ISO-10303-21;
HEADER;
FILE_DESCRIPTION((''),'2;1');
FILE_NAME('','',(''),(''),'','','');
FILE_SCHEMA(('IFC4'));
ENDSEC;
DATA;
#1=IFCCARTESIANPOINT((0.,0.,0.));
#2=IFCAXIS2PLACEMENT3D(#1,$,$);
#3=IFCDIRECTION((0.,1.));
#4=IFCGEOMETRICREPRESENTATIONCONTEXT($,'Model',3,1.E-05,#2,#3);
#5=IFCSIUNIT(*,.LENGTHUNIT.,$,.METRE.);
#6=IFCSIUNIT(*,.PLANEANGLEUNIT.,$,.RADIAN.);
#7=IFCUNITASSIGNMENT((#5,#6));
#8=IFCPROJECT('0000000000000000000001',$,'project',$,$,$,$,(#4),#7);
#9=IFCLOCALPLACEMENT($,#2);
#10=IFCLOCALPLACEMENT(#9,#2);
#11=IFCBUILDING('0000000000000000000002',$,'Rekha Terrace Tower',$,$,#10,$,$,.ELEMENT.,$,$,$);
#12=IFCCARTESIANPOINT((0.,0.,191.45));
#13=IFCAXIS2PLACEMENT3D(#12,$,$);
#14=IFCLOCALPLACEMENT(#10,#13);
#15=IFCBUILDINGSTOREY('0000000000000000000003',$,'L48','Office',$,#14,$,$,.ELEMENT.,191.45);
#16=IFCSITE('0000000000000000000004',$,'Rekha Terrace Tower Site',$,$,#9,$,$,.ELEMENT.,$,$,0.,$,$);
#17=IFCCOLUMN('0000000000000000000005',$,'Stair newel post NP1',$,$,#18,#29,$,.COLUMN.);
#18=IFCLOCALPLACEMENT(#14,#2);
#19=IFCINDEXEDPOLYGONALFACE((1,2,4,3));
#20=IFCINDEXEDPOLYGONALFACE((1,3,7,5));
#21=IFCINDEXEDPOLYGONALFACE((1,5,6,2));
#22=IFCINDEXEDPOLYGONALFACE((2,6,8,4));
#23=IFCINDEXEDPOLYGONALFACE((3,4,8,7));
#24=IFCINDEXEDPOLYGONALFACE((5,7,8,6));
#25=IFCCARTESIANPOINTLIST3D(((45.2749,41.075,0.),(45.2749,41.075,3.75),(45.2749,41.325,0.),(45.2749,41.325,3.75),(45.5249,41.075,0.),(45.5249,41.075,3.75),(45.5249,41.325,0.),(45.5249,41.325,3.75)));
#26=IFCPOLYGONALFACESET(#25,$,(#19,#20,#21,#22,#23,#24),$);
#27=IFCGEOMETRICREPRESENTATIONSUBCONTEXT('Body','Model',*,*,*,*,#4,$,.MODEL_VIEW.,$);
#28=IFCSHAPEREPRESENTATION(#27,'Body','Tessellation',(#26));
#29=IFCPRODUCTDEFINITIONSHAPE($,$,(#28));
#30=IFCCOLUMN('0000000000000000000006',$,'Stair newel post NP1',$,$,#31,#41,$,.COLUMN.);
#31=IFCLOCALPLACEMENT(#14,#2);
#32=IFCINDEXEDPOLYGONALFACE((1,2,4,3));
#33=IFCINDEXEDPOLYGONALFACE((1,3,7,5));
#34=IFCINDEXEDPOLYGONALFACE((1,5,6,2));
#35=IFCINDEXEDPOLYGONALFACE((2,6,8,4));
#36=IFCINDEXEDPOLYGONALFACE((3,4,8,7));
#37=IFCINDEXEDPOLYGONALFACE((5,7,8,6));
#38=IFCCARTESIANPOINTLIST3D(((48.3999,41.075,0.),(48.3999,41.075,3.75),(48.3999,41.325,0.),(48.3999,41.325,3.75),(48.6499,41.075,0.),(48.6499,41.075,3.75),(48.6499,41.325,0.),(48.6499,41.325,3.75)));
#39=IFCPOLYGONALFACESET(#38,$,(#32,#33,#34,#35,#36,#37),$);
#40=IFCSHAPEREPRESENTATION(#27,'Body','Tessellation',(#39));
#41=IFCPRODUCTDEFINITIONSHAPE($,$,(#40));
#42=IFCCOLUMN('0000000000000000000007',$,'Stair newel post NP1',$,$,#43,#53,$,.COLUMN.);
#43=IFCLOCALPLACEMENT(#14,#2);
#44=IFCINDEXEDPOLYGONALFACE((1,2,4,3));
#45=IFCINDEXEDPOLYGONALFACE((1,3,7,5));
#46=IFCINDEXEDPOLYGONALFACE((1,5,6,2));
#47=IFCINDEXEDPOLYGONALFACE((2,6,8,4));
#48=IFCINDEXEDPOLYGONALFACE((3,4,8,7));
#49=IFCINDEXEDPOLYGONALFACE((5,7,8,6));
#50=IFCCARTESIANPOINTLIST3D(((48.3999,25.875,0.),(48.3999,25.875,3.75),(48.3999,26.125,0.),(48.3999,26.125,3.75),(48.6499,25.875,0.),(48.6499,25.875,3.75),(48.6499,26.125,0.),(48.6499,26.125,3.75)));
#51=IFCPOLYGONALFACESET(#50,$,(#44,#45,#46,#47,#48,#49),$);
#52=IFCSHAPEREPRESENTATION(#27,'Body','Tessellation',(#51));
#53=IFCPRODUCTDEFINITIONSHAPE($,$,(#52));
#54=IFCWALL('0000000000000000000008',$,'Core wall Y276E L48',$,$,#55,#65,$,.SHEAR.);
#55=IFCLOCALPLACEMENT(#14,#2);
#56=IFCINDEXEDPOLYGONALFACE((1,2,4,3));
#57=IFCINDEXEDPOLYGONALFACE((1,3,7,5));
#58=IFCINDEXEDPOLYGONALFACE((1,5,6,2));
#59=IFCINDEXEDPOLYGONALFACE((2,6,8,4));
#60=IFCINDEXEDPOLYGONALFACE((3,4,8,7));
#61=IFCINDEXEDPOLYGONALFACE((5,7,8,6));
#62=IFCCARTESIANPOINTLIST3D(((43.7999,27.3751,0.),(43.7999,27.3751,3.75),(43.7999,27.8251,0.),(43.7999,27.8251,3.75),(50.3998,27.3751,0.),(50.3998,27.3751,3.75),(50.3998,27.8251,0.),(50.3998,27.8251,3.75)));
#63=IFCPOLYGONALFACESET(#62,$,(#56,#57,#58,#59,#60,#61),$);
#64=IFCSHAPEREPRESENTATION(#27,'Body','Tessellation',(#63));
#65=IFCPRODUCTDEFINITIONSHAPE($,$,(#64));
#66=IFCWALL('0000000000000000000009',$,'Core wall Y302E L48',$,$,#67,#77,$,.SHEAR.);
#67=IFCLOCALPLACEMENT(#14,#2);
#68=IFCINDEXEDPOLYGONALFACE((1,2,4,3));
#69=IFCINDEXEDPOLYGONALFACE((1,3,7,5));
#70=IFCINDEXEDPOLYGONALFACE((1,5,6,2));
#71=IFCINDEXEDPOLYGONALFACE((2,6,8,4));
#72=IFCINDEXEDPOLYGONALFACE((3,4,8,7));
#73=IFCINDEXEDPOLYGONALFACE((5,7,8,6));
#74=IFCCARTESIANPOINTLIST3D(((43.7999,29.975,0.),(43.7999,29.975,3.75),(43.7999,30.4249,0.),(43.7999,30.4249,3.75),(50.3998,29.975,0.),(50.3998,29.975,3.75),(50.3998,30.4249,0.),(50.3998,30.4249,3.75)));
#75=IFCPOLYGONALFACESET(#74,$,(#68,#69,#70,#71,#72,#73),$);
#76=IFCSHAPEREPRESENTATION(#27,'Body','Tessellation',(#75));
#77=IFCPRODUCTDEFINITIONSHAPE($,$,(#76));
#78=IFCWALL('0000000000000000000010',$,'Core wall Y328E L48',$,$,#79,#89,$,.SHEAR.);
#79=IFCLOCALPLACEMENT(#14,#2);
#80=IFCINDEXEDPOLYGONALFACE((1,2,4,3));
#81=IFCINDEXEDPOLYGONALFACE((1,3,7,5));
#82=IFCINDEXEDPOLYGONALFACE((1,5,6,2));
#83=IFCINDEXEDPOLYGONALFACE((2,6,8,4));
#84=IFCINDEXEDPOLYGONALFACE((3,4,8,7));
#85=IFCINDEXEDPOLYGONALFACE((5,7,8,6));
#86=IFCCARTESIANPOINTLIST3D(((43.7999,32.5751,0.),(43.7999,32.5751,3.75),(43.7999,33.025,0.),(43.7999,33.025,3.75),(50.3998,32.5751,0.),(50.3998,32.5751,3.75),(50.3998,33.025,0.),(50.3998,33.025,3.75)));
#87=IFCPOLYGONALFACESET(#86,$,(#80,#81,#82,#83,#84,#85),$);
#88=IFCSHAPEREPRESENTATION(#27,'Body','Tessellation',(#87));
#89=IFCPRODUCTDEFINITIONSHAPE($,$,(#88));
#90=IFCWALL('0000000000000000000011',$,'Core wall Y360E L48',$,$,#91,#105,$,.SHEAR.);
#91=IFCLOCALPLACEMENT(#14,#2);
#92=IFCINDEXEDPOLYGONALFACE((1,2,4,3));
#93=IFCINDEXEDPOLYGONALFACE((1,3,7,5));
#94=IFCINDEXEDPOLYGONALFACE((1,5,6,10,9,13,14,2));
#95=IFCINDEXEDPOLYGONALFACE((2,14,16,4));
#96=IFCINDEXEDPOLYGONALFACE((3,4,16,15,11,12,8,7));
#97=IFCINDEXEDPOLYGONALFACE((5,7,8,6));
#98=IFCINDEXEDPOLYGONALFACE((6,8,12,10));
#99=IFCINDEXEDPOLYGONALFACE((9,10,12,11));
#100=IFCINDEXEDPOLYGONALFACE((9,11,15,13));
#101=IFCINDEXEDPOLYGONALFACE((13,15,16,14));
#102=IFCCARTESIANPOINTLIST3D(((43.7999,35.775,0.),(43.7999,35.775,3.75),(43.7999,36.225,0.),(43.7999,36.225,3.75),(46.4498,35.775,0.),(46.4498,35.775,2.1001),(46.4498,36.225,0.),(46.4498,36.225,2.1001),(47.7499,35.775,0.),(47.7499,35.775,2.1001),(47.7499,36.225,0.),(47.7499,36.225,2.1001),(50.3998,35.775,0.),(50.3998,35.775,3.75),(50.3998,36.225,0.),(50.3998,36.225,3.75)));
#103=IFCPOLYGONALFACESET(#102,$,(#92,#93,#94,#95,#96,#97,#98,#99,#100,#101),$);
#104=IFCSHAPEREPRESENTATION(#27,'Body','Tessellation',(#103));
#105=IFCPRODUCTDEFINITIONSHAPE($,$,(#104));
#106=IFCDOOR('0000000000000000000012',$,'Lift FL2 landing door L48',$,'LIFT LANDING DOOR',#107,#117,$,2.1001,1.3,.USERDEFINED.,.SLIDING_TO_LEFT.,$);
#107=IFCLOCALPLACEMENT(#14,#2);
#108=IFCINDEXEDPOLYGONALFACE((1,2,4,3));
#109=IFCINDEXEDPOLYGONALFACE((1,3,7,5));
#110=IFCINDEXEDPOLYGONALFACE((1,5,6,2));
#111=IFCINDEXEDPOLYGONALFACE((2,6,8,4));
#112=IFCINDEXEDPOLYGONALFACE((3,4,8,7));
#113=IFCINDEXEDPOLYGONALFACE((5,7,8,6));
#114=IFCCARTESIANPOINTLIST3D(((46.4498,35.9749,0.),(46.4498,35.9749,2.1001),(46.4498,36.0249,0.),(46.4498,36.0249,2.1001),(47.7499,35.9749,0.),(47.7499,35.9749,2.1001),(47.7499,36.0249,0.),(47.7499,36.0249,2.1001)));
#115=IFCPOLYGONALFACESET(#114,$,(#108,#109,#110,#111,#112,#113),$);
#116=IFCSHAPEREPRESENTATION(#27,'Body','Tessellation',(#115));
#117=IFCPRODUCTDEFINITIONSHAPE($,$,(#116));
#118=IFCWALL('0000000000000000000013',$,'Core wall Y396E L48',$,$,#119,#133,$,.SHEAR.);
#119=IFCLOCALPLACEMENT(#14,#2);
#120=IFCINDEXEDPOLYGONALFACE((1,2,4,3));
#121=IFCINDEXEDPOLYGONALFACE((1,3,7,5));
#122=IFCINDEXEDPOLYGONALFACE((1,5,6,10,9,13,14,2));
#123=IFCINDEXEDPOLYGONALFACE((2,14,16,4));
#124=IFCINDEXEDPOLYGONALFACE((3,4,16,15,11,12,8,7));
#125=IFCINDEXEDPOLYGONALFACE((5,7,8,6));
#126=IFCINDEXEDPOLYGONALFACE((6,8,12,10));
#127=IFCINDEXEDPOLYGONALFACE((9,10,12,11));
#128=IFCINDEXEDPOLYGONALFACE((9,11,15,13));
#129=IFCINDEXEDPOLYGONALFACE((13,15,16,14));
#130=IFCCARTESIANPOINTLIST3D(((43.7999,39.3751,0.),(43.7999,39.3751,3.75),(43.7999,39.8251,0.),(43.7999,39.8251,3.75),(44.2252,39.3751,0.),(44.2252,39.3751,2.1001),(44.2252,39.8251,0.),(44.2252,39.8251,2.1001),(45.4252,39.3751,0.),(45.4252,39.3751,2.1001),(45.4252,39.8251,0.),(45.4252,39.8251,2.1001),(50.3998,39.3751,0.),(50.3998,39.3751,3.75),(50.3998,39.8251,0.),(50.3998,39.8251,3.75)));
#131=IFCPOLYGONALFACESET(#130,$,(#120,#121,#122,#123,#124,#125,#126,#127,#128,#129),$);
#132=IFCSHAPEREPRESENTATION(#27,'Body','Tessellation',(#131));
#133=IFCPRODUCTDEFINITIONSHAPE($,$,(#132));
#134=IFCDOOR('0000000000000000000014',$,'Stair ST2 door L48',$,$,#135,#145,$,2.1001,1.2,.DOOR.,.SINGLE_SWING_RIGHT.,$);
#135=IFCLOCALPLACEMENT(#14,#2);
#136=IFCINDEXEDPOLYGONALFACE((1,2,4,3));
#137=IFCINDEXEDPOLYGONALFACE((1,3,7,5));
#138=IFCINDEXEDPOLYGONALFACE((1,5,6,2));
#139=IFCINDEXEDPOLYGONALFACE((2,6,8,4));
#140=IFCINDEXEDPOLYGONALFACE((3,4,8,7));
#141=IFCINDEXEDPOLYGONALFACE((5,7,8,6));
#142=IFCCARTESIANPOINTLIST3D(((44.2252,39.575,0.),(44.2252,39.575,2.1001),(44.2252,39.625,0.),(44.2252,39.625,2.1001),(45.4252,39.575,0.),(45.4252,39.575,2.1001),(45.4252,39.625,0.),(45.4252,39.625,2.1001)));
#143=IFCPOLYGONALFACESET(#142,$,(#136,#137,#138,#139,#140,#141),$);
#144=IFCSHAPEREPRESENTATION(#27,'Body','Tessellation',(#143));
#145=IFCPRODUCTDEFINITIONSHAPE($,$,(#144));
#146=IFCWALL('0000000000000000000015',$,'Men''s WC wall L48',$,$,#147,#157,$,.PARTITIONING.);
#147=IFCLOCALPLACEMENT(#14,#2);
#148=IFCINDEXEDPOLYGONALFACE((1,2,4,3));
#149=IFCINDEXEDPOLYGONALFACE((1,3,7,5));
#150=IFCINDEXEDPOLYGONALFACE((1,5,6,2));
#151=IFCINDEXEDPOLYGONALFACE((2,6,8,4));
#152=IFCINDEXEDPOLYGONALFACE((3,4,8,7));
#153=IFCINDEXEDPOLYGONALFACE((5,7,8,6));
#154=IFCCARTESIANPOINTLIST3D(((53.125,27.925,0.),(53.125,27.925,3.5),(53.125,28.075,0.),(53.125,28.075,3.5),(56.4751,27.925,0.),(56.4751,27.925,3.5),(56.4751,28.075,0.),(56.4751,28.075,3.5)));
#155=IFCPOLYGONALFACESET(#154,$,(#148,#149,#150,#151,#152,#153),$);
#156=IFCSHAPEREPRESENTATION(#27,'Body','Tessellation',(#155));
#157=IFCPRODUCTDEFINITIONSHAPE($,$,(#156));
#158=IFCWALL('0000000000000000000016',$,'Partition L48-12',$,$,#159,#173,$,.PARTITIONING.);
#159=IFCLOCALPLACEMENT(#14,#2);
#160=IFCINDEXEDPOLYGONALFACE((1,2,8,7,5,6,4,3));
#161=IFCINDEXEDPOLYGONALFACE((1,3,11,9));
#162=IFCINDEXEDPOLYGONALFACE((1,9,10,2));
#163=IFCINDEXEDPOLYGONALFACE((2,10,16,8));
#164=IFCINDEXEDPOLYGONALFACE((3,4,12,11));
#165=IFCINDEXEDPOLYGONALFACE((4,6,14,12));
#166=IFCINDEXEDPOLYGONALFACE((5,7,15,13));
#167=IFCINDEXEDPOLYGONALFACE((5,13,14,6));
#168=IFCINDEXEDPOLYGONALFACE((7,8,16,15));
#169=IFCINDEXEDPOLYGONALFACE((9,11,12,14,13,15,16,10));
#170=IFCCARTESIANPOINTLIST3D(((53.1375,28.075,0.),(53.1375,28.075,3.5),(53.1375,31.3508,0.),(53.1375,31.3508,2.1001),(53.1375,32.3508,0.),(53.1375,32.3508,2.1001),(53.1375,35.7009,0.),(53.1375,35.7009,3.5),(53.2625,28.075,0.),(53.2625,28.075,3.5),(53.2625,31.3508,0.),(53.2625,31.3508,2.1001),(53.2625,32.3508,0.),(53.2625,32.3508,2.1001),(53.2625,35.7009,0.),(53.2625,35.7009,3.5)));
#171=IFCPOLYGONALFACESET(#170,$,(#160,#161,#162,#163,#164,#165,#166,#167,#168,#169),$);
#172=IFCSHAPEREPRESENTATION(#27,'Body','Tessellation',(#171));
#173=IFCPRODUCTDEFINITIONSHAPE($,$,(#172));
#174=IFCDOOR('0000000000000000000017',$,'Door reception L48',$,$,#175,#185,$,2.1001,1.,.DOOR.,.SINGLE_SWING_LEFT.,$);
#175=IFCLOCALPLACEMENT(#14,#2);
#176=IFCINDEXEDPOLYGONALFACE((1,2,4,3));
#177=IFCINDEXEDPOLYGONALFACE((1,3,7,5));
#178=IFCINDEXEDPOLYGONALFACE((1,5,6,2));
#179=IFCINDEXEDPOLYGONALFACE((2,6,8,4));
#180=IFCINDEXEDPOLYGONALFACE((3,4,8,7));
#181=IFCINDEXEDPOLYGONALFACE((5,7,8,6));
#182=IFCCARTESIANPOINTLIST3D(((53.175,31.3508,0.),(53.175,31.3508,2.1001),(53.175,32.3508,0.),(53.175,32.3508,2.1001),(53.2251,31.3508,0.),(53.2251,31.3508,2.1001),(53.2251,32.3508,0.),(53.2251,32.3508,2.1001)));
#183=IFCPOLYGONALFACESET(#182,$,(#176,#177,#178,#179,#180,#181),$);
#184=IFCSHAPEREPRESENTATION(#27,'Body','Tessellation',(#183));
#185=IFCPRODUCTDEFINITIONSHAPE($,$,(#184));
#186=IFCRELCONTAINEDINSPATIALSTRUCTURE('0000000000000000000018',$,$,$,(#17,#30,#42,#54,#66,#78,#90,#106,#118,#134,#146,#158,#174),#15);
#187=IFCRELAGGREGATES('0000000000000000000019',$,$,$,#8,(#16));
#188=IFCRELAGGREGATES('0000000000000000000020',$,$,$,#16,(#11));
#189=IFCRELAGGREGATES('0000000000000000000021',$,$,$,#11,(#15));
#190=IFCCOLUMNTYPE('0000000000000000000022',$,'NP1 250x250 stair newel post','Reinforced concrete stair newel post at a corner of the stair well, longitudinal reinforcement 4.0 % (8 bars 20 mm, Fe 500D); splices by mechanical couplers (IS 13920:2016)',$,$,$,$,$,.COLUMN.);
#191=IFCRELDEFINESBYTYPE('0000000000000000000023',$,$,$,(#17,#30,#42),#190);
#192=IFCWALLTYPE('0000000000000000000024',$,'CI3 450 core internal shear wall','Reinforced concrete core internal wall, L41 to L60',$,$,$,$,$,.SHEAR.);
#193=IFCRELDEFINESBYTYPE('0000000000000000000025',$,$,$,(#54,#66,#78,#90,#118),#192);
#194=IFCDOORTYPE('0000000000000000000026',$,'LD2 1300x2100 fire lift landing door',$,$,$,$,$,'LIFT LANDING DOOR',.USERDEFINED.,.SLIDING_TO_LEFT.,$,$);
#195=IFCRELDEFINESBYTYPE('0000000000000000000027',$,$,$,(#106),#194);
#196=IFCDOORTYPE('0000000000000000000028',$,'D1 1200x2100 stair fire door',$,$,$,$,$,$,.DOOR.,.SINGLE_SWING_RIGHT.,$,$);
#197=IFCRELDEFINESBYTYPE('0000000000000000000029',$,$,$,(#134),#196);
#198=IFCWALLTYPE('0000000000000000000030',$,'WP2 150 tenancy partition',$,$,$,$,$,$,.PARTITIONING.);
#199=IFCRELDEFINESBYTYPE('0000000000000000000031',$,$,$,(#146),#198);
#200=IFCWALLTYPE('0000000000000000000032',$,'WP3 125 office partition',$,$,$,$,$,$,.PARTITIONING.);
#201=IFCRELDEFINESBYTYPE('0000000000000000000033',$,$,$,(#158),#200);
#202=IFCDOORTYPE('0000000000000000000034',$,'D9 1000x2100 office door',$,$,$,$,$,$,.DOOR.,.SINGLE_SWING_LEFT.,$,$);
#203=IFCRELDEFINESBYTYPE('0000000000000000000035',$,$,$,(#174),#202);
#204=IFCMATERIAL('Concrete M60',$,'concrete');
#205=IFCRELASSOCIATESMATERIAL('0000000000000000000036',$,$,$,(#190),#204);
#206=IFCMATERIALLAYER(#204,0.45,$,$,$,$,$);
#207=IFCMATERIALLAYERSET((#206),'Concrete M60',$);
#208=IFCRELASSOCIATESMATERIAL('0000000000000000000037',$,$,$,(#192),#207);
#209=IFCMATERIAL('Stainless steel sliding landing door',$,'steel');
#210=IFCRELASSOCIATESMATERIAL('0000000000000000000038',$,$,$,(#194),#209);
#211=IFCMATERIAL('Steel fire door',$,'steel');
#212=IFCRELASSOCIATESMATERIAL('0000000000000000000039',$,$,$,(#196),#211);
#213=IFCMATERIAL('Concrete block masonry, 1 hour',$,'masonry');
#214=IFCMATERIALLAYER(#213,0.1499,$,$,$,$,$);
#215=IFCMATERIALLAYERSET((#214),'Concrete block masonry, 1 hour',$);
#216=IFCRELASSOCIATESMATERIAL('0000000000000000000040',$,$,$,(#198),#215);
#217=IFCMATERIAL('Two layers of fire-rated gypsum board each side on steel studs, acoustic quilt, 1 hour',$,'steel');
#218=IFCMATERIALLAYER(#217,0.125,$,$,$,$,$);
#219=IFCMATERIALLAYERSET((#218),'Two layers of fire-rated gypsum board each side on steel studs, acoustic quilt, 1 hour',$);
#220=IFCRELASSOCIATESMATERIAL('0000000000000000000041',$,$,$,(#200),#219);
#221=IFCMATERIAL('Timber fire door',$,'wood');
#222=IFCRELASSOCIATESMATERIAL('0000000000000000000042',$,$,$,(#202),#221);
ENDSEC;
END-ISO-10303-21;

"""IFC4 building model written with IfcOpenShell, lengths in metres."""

from ifc_helpers import new_model, si_unit, direction, frame, frame_2d, origin, origin_2d, place, context, subcontext, project, spatial, rectangle, extrude, material, layer, layer_set, material_profile, profile_set, type_object, element, fill, save


model = new_model("IFC4")

# Units and contexts
model_context = context("Model", 3, precision=1e-05, world=origin(), true_north=direction((0.0, 1.0)))
body_context = subcontext(model_context, "Body", "Model", "MODEL_VIEW")
ifc_project = project(units=[si_unit("LENGTHUNIT", "METRE"), si_unit("PLANEANGLEUNIT", "RADIAN")], contexts=[model_context])

# Site, building, storey
site_placement = place(None, origin())
site = spatial("IfcSite", under=ifc_project, at=site_placement, Name="Rekha Terrace Tower Site", CompositionType="ELEMENT", RefElevation=0.0)
building_placement = place(site_placement, origin())
building = spatial("IfcBuilding", under=site, at=building_placement, Name="Rekha Terrace Tower", CompositionType="ELEMENT")
storey_placement = place(building_placement, frame((0.0, 0.0, 191.45)))
storey = spatial("IfcBuildingStorey", under=building, at=storey_placement, Name="L48", Description="Office", CompositionType="ELEMENT", Elevation=191.45)

# Columns
ifc_material_1 = material(Name="Concrete M60", Category="concrete")
ifc_material_profile = material_profile(ifc_material_1, rectangle(XDim=0.25, YDim=0.25, at=origin_2d()), Name="RC 250x250")
ifc_profile_set = profile_set([ifc_material_profile], Name="Concrete M60")
column_type = type_object("IfcColumnType", Name="NP1 250x250 stair newel post", Description="Reinforced concrete stair newel post at a corner of the stair well, longitudinal reinforcement 4.0 % (8 bars 20 mm, Fe 500D); splices by mechanical couplers (IS 13920:2016)", PredefinedType="COLUMN", material=ifc_profile_set)
for number, where, z_axis, x_axis, name in (
    (1, (45.3999, 41.2, 0.0), (0.0, 0.0, 1.0), (1.0, 0.0, 0.0), "Stair newel post NP1"),
    (2, (48.5249, 41.2, 0.0), (0.0, 0.0, 1.0), (1.0, 0.0, 0.0), "Stair newel post NP1"),
    (3, (48.5249, 26.0, 0.0), (0.0, 0.0, 1.0), (1.0, 0.0, 0.0), "Stair newel post NP1"),
):
    element("IfcColumn", number, at=place(storey_placement, frame(where, z_axis=z_axis, x_axis=x_axis)), inside=storey, type_object=column_type, Name=name, PredefinedType="COLUMN", context=body_context, shape_type="SweptSolid", body=[
        extrude(rectangle(XDim=0.25, YDim=0.25, at=origin_2d()), origin(), (0.0, 0.0, 1.0), 3.75),
    ])

# Walls
ifc_layer_1 = layer(ifc_material_1, 0.45)
ifc_layer_set_1 = layer_set([ifc_layer_1], Name="Concrete M60")
wall_type_1 = type_object("IfcWallType", Name="CI3 450 core internal shear wall", Description="Reinforced concrete core internal wall, L41 to L60", PredefinedType="SHEAR", material=ifc_layer_set_1)
for number, where, z_axis, x_axis, name in (
    (4, (43.8, 27.6001, 0.0), (0.0, 0.0, 1.0), (1.0, 0.0, 0.0), "Core wall Y276E L48"),
    (5, (43.8, 30.2, 0.0), (0.0, 0.0, 1.0), (1.0, 0.0, 0.0), "Core wall Y302E L48"),
    (6, (43.8, 32.8, 0.0), (0.0, 0.0, 1.0), (1.0, 0.0, 0.0), "Core wall Y328E L48"),
):
    element("IfcWall", number, at=place(storey_placement, frame(where, z_axis=z_axis, x_axis=x_axis)), inside=storey, type_object=wall_type_1, Name=name, PredefinedType="SHEAR", context=body_context, shape_type="SweptSolid", body=[
        extrude(rectangle(XDim=6.5999, YDim=0.45, at=frame_2d((3.2998, 0.0))), origin(), (0.0, 0.0, 1.0), 3.75),
    ])

# Walls, openings, doors
wall_1_placement = place(storey_placement, frame((43.8, 36.0, 0.0), z_axis=(0.0, 0.0, 1.0), x_axis=(1.0, 0.0, 0.0)))
wall_1 = element("IfcWall", 7, at=wall_1_placement, inside=storey, type_object=wall_type_1, Name="Core wall Y360E L48", PredefinedType="SHEAR", context=body_context, shape_type="SweptSolid", body=[
    extrude(rectangle(XDim=6.5999, YDim=0.45, at=frame_2d((3.2998, 0.0))), origin(), (0.0, 0.0, 1.0), 3.75),
])
opening_1_placement = place(wall_1_placement, frame((2.6499, 0.0, 0.0)))
opening_1 = element("IfcOpeningElement", 8, at=opening_1_placement, cuts=wall_1, PredefinedType="OPENING", context=body_context, shape_type="SweptSolid", body=[
    extrude(rectangle(XDim=1.3, YDim=2.1001, at=frame_2d((0.6499, 1.05))), frame((0.0, 0.2349, 0.0), z_axis=(0.0, -1.0, 0.0), x_axis=(1.0, 0.0, 0.0)), (0.0, 0.0, 1.0), 0.47),
])
ifc_material_2 = material(Name="Stainless steel sliding landing door", Category="steel")
door_type_1 = type_object("IfcDoorType", Name="LD2 1300x2100 fire lift landing door", ElementType="LIFT LANDING DOOR", OperationType="SLIDING_TO_LEFT", PredefinedType="USERDEFINED", material=ifc_material_2)
door_1_placement = place(opening_1_placement, origin())
door_1 = element("IfcDoor", 9, at=door_1_placement, inside=storey, type_object=door_type_1, Name="Lift FL2 landing door L48", ObjectType="LIFT LANDING DOOR", OperationType="SLIDING_TO_LEFT", OverallHeight=2.1001, OverallWidth=1.3, PredefinedType="USERDEFINED", context=body_context, shape_type="SweptSolid", body=[
    extrude(rectangle(XDim=1.3, YDim=2.1001, at=frame_2d((0.6499, 1.05))), frame((0.0, 0.0249, 0.0), z_axis=(0.0, -1.0, 0.0), x_axis=(1.0, 0.0, 0.0)), (0.0, 0.0, 1.0), 0.05),
])
fill(opening_1, door_1)
wall_2_placement = place(storey_placement, frame((43.8, 39.6001, 0.0), z_axis=(0.0, 0.0, 1.0), x_axis=(1.0, 0.0, 0.0)))
wall_2 = element("IfcWall", 10, at=wall_2_placement, inside=storey, type_object=wall_type_1, Name="Core wall Y396E L48", PredefinedType="SHEAR", context=body_context, shape_type="SweptSolid", body=[
    extrude(rectangle(XDim=6.5999, YDim=0.45, at=frame_2d((3.2998, 0.0))), origin(), (0.0, 0.0, 1.0), 3.75),
])
opening_2_placement = place(wall_2_placement, frame((0.425, 0.0, 0.0)))
opening_2 = element("IfcOpeningElement", 11, at=opening_2_placement, cuts=wall_2, PredefinedType="OPENING", context=body_context, shape_type="SweptSolid", body=[
    extrude(rectangle(XDim=1.2, YDim=2.1001, at=frame_2d((0.6001, 1.05))), frame((0.0, 0.2349, 0.0), z_axis=(0.0, -1.0, 0.0), x_axis=(1.0, 0.0, 0.0)), (0.0, 0.0, 1.0), 0.47),
])
ifc_material_3 = material(Name="Steel fire door", Category="steel")
door_type_2 = type_object("IfcDoorType", Name="D1 1200x2100 stair fire door", OperationType="SINGLE_SWING_RIGHT", PredefinedType="DOOR", material=ifc_material_3)
door_2_placement = place(opening_2_placement, origin())
door_2 = element("IfcDoor", 12, at=door_2_placement, inside=storey, type_object=door_type_2, Name="Stair ST2 door L48", OperationType="SINGLE_SWING_RIGHT", OverallHeight=2.1001, OverallWidth=1.2, PredefinedType="DOOR", context=body_context, shape_type="SweptSolid", body=[
    extrude(rectangle(XDim=1.2, YDim=2.1001, at=frame_2d((0.6001, 1.05))), frame((0.0, 0.0249, 0.0), z_axis=(0.0, -1.0, 0.0), x_axis=(1.0, 0.0, 0.0)), (0.0, 0.0, 1.0), 0.05),
])
fill(opening_2, door_2)

# Wall
ifc_material_4 = material(Name="Concrete block masonry, 1 hour", Category="masonry")
ifc_layer_2 = layer(ifc_material_4, 0.1499)
ifc_layer_set_2 = layer_set([ifc_layer_2], Name="Concrete block masonry, 1 hour")
wall_type_2 = type_object("IfcWallType", Name="WP2 150 tenancy partition", PredefinedType="PARTITIONING", material=ifc_layer_set_2)
wall_3_placement = place(storey_placement, frame((53.125, 28.0, 0.0), z_axis=(0.0, 0.0, 1.0), x_axis=(1.0, 0.0, 0.0)))
element("IfcWall", 13, at=wall_3_placement, inside=storey, type_object=wall_type_2, Name="Men's WC wall L48", PredefinedType="PARTITIONING", context=body_context, shape_type="SweptSolid", body=[
    extrude(rectangle(XDim=3.3501, YDim=0.1499, at=frame_2d((1.675, 0.0))), origin(), (0.0, 0.0, 1.0), 3.5),
])

# Wall, opening, door
ifc_material_5 = material(Name="Two layers of fire-rated gypsum board each side on steel studs, acoustic quilt, 1 hour", Category="steel")
ifc_layer_3 = layer(ifc_material_5, 0.125)
ifc_layer_set_3 = layer_set([ifc_layer_3], Name="Two layers of fire-rated gypsum board each side on steel studs, acoustic quilt, 1 hour")
wall_type_3 = type_object("IfcWallType", Name="WP3 125 office partition", PredefinedType="PARTITIONING", material=ifc_layer_set_3)
wall_4_placement = place(storey_placement, frame((53.2, 28.075, 0.0), z_axis=(0.0, 0.0, 1.0), x_axis=(0.0, 1.0, 0.0)))
wall_4 = element("IfcWall", 14, at=wall_4_placement, inside=storey, type_object=wall_type_3, Name="Partition L48-12", PredefinedType="PARTITIONING", context=body_context, shape_type="SweptSolid", body=[
    extrude(rectangle(XDim=7.626, YDim=0.125, at=frame_2d((3.813, 0.0))), origin(), (0.0, 0.0, 1.0), 3.5),
])
opening_3_placement = place(wall_4_placement, frame((3.2759, 0.0, 0.0)))
opening_3 = element("IfcOpeningElement", 15, at=opening_3_placement, cuts=wall_4, PredefinedType="OPENING", context=body_context, shape_type="SweptSolid", body=[
    extrude(rectangle(XDim=1.0, YDim=2.1001, at=frame_2d((0.5, 1.05))), frame((0.0, 0.0725, 0.0), z_axis=(0.0, -1.0, 0.0), x_axis=(1.0, 0.0, 0.0)), (0.0, 0.0, 1.0), 0.145),
])
ifc_material_6 = material(Name="Timber fire door", Category="wood")
door_type_3 = type_object("IfcDoorType", Name="D9 1000x2100 office door", OperationType="SINGLE_SWING_LEFT", PredefinedType="DOOR", material=ifc_material_6)
door_3_placement = place(opening_3_placement, origin())
door_3 = element("IfcDoor", 16, at=door_3_placement, inside=storey, type_object=door_type_3, Name="Door reception L48", OperationType="SINGLE_SWING_LEFT", OverallHeight=2.1001, OverallWidth=1.0, PredefinedType="DOOR", context=body_context, shape_type="SweptSolid", body=[
    extrude(rectangle(XDim=1.0, YDim=2.1001, at=frame_2d((0.5, 1.05))), frame((0.0, 0.0249, 0.0), z_axis=(0.0, -1.0, 0.0), x_axis=(1.0, 0.0, 0.0)), (0.0, 0.0, 1.0), 0.05),
])
fill(opening_3, door_3)

save(model, "model.ifc")
